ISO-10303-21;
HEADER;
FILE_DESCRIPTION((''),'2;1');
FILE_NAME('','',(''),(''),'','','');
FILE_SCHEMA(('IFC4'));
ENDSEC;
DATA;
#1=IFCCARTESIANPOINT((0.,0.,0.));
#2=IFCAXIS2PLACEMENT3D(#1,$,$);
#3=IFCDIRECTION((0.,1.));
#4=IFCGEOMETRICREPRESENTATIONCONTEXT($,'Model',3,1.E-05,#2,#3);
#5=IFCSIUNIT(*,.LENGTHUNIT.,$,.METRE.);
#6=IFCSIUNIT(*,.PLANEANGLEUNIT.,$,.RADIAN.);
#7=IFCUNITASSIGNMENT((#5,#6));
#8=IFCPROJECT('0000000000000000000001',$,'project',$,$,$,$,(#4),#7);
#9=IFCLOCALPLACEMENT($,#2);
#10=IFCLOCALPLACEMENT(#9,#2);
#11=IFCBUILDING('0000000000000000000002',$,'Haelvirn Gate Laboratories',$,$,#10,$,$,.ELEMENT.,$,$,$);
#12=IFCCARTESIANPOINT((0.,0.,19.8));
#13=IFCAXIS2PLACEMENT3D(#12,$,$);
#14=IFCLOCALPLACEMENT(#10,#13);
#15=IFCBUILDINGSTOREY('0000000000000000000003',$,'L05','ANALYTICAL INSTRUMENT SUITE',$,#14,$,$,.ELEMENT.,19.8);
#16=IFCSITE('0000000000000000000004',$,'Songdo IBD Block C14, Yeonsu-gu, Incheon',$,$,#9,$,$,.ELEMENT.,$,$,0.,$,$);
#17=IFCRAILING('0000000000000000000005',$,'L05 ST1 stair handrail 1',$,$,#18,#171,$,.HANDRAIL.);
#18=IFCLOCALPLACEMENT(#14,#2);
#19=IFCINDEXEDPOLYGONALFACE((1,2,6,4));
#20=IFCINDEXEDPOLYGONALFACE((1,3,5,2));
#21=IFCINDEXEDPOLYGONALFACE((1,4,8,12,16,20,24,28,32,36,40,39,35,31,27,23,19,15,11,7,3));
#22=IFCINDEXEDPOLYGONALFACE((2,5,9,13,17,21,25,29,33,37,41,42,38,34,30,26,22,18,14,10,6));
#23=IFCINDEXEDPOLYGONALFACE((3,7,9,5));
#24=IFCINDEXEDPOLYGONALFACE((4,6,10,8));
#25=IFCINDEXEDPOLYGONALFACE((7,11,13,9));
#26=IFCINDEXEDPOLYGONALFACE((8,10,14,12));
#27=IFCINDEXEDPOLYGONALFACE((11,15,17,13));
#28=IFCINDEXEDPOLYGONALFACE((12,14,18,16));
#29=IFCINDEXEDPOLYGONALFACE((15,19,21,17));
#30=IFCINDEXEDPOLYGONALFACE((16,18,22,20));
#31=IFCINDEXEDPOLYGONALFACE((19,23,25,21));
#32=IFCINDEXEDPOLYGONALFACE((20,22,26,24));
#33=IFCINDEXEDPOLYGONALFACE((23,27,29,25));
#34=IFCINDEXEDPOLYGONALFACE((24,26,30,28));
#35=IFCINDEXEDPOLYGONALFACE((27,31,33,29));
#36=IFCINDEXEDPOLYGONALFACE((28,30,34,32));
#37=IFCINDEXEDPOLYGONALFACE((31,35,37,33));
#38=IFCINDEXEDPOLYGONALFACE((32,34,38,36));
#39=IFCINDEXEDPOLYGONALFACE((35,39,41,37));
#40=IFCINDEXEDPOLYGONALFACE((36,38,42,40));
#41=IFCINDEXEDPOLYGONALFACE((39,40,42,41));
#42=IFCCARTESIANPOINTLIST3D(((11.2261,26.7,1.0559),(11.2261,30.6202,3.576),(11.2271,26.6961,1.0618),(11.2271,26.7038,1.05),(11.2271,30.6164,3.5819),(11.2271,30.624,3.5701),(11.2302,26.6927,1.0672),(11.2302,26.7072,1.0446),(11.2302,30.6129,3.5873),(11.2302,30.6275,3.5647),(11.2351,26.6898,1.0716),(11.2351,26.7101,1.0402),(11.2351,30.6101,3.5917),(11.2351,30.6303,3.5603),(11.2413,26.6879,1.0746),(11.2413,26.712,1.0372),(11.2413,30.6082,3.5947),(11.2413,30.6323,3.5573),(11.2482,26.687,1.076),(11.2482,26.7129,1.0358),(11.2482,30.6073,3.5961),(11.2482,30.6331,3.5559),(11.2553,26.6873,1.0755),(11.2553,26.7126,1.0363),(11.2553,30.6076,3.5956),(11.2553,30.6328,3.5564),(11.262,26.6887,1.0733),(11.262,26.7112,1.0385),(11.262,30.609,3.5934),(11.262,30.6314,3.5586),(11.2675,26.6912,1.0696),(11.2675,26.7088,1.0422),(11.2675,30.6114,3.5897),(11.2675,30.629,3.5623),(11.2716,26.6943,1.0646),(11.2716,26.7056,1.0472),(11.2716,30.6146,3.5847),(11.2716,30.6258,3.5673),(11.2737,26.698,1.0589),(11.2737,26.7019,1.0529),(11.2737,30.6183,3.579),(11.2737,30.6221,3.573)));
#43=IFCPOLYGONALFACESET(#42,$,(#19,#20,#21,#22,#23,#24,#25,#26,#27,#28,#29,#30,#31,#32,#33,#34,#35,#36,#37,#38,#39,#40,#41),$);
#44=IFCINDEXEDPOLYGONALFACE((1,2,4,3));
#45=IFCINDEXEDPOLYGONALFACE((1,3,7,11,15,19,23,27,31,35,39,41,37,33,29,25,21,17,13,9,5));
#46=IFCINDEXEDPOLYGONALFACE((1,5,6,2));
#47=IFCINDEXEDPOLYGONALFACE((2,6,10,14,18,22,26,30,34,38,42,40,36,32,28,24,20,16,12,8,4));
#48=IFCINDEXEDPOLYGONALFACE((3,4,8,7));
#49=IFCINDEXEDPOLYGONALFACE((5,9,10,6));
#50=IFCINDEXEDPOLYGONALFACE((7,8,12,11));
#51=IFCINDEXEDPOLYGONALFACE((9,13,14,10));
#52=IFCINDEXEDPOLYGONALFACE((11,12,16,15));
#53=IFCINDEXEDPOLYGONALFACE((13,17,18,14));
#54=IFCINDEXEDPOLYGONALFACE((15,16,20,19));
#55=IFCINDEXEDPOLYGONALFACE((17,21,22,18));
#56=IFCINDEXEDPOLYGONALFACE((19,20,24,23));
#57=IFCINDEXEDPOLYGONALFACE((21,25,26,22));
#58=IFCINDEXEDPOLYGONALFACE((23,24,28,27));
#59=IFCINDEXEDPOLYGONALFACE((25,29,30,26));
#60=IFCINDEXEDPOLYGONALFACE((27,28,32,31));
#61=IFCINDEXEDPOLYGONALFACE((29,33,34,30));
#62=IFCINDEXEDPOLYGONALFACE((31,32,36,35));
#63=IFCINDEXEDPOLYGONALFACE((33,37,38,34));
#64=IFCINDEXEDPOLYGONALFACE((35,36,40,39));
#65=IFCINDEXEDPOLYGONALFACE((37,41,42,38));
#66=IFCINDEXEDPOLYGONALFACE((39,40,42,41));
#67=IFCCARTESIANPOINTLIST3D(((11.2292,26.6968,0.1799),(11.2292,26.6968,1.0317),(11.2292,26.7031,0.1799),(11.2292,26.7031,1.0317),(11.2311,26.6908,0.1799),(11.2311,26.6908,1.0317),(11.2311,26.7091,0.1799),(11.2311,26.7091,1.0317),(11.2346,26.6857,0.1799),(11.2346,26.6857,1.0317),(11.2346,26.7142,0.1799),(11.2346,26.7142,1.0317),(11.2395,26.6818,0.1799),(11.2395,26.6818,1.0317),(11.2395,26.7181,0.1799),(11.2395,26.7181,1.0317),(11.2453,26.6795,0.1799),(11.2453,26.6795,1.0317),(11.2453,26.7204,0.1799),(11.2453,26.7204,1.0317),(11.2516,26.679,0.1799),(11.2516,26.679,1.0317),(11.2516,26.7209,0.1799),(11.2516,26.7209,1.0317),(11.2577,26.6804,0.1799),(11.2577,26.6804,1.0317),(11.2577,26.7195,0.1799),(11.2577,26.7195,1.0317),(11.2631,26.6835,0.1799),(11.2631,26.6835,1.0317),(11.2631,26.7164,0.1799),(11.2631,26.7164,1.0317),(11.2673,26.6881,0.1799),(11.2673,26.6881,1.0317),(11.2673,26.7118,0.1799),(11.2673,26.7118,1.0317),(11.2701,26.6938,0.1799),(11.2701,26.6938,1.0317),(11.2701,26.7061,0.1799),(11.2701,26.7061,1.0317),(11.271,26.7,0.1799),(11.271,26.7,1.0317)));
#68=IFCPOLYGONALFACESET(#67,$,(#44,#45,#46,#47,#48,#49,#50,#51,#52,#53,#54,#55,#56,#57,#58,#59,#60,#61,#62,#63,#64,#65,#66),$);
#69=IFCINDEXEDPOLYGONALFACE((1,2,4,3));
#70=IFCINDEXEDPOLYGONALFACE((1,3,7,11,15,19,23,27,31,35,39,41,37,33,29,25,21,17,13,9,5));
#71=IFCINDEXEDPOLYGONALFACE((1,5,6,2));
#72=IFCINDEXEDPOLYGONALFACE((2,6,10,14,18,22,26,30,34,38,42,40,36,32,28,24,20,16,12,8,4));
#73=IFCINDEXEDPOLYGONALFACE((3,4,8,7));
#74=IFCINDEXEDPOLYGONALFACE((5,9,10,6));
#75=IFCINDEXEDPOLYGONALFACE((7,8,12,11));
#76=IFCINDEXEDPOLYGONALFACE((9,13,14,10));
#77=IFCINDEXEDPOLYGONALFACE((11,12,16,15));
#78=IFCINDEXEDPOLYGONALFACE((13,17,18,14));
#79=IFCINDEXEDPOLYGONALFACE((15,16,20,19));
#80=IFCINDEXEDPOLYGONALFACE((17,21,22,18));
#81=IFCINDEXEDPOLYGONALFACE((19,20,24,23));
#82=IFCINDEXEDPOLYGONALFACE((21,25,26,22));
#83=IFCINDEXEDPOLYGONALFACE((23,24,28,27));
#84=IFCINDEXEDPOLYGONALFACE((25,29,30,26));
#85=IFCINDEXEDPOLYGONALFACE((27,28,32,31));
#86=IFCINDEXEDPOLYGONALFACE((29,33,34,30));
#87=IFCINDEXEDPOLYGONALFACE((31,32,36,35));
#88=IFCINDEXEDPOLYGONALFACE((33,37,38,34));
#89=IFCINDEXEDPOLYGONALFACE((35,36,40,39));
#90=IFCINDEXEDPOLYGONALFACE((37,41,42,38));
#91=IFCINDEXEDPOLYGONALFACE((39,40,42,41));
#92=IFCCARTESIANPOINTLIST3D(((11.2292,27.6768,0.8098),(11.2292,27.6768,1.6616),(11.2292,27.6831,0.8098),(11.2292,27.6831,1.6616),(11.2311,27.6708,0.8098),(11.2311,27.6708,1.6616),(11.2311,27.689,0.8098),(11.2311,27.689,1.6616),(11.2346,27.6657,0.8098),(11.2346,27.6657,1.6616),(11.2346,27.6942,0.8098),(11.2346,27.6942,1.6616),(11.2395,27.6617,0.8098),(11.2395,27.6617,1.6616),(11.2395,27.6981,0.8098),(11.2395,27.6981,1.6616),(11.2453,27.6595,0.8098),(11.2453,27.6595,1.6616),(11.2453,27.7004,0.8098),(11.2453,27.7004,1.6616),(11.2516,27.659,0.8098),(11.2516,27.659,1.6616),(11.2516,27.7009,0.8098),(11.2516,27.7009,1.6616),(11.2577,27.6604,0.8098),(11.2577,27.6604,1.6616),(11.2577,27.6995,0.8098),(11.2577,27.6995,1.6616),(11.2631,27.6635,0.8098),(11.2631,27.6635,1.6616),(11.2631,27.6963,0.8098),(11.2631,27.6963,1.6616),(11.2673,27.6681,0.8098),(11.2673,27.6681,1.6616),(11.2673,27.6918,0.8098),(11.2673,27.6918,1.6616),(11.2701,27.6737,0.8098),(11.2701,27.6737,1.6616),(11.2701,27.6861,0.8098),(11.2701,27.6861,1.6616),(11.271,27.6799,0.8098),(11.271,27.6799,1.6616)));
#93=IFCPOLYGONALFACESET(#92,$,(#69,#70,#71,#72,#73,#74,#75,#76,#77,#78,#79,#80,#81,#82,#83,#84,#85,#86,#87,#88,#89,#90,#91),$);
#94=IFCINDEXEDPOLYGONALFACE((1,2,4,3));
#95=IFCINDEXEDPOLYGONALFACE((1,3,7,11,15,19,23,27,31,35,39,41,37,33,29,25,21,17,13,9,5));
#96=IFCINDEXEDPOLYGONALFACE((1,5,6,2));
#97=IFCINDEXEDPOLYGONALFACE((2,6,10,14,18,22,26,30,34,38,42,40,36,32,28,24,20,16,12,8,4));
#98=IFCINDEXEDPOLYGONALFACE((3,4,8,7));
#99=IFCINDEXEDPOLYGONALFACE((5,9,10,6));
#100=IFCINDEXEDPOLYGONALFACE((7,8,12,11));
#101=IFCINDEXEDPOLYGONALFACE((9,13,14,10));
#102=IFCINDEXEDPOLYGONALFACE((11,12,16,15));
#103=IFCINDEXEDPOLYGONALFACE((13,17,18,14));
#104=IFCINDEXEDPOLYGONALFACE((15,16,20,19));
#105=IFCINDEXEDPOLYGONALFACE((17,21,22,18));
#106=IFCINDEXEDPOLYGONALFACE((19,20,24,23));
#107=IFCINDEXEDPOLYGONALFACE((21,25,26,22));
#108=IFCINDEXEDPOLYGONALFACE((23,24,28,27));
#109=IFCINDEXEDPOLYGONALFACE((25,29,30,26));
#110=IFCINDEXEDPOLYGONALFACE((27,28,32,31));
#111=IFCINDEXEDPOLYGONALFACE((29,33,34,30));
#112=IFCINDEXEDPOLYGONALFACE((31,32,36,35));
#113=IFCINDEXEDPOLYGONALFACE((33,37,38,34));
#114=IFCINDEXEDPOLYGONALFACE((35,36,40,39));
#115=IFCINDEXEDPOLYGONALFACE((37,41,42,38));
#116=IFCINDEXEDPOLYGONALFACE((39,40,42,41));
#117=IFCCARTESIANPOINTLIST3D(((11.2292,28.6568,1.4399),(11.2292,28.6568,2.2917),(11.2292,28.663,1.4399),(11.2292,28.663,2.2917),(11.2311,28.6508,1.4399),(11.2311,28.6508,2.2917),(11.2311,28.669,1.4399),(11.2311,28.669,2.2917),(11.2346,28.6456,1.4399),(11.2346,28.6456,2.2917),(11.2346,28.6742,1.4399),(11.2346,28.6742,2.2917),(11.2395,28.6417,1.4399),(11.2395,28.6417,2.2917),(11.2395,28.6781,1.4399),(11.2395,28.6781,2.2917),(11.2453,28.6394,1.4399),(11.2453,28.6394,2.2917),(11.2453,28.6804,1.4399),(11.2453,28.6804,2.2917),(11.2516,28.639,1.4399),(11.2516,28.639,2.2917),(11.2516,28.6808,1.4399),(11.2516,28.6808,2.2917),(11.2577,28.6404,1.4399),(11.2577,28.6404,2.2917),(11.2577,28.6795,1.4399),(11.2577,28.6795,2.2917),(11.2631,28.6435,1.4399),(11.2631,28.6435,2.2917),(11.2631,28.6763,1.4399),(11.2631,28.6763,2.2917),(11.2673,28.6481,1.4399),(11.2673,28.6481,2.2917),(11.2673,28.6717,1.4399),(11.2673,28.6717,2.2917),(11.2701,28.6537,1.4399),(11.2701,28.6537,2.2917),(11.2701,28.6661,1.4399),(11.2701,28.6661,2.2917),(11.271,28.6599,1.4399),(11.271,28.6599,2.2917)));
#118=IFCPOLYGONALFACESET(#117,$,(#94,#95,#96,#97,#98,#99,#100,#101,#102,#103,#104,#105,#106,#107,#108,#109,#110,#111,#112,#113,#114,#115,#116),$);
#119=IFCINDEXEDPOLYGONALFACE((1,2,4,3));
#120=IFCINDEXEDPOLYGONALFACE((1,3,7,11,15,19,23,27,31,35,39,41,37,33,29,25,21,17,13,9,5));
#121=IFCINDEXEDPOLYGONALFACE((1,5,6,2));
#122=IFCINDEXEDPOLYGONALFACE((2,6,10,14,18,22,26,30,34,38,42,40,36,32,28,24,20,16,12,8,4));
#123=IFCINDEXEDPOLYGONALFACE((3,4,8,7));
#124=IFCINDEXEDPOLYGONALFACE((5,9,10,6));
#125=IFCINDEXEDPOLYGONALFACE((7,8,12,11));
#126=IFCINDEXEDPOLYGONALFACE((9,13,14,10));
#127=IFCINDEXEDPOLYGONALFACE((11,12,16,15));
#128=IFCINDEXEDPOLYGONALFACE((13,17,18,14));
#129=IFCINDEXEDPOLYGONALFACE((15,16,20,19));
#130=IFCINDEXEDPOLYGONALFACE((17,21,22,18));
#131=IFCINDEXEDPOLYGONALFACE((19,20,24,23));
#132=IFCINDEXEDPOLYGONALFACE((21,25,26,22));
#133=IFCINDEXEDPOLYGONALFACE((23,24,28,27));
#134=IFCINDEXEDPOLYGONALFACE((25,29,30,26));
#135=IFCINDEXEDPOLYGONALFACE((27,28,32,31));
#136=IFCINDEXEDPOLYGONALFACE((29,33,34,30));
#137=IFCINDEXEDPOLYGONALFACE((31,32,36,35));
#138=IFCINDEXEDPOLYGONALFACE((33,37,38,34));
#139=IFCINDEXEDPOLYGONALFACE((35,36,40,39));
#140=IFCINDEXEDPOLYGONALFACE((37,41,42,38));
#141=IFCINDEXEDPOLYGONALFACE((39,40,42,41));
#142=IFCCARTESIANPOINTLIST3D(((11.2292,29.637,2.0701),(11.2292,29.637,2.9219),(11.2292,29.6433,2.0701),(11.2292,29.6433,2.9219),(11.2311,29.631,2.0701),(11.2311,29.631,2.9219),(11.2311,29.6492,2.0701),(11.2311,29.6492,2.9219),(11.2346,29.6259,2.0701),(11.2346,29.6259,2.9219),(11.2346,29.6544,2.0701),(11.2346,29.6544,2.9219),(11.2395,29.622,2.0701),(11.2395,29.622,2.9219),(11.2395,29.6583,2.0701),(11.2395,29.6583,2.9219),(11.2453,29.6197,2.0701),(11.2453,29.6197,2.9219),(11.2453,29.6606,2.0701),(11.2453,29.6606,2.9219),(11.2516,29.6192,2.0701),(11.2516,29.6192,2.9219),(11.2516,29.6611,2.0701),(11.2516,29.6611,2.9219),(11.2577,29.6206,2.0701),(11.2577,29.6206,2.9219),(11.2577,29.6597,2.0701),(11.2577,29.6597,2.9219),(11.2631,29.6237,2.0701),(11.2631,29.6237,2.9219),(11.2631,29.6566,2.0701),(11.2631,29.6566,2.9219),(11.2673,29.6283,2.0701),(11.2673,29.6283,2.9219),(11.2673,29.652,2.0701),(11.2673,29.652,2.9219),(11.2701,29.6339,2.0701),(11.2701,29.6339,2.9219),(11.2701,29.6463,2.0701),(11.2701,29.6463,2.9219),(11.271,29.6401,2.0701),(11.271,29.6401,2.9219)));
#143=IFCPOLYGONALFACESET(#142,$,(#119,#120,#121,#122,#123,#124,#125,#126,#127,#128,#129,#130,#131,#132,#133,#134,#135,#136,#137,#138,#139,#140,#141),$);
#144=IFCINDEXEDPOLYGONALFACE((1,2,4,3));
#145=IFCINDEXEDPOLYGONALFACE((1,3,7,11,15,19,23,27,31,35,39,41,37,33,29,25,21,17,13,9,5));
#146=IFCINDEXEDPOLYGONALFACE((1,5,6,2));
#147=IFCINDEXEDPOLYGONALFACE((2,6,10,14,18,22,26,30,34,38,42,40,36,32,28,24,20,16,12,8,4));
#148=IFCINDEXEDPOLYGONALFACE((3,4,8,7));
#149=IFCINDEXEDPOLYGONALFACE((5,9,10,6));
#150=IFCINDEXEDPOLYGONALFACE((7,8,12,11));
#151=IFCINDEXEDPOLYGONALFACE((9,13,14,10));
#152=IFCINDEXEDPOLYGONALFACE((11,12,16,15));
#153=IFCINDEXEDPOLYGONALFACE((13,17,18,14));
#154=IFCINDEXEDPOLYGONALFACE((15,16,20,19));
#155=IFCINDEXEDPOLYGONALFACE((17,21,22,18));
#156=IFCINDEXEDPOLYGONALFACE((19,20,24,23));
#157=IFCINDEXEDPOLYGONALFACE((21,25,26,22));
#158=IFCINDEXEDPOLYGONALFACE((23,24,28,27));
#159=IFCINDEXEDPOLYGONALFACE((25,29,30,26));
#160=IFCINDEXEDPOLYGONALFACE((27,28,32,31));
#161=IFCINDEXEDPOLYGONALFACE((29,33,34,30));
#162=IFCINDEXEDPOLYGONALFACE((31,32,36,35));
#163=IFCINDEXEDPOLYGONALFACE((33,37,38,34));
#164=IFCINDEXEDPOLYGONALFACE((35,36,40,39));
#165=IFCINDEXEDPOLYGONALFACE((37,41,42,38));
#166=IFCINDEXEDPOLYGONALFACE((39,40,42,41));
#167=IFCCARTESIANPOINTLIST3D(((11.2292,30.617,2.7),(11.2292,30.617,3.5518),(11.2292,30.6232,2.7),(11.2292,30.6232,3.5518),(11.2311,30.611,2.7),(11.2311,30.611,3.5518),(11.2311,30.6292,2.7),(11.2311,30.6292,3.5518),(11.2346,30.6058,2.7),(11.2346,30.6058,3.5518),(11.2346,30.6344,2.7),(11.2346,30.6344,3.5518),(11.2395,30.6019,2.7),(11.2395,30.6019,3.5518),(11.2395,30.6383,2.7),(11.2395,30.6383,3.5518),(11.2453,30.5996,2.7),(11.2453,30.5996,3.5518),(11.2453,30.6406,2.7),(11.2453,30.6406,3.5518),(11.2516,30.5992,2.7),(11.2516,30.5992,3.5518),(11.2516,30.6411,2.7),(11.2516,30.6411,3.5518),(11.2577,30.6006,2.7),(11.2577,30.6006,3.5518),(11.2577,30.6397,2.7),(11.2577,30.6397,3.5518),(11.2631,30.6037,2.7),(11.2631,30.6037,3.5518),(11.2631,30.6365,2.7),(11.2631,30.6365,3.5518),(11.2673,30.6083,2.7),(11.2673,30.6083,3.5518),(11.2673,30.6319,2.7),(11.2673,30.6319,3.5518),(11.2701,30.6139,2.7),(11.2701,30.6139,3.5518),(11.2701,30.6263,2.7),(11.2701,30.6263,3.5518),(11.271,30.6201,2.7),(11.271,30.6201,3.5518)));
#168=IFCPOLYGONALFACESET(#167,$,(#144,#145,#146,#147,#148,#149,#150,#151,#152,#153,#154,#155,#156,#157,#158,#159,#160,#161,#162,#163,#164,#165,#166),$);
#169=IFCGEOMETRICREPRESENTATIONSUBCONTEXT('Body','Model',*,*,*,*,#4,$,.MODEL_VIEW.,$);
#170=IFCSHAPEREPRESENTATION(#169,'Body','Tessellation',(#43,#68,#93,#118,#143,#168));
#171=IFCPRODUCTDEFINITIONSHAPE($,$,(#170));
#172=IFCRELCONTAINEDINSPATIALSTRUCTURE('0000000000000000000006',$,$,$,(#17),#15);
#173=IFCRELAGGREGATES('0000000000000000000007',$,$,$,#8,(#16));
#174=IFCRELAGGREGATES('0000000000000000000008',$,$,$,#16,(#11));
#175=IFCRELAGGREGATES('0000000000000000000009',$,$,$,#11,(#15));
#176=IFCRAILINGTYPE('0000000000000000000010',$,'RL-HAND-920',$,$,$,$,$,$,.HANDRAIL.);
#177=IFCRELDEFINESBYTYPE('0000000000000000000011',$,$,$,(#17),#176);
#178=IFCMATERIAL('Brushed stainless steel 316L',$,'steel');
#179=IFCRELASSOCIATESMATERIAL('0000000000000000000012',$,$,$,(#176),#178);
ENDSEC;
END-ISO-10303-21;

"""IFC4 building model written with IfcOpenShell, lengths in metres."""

from ifc_helpers import new_model, si_unit, direction, frame, origin, origin_2d, place, context, subcontext, project, spatial, circle, extrude, source, transform, mapped, material, type_object, type_shapes, element, save


model = new_model("IFC4")

# Units and contexts
model_context = context("Model", 3, precision=1e-05, world=origin(), true_north=direction((0.0, 1.0)))
body_context = subcontext(model_context, "Body", "Model", "MODEL_VIEW")
ifc_project = project(units=[si_unit("LENGTHUNIT", "METRE"), si_unit("PLANEANGLEUNIT", "RADIAN")], contexts=[model_context])

# Site, building, storey
site_placement = place(None, origin())
site = spatial("IfcSite", under=ifc_project, at=site_placement, Name="Songdo IBD Block C14, Yeonsu-gu, Incheon", CompositionType="ELEMENT", RefElevation=0.0)
building_placement = place(site_placement, origin())
building = spatial("IfcBuilding", under=site, at=building_placement, Name="Haelvirn Gate Laboratories", CompositionType="ELEMENT")
storey_placement = place(building_placement, frame((0.0, 0.0, 19.8)))
storey = spatial("IfcBuildingStorey", under=building, at=storey_placement, Name="L05", Description="ANALYTICAL INSTRUMENT SUITE", CompositionType="ELEMENT", Elevation=19.8)

# Railing
ifc_material_1 = material(Name="Brushed stainless steel 316L", Category="steel")
railing_type_1 = type_object("IfcRailingType", Name="RL-HAND-920", PredefinedType="HANDRAIL", material=ifc_material_1)
shared_shape_1 = source(origin(), body_context, "Body", "SweptSolid", [
    extrude(circle(Radius=0.0239, at=origin_2d()), frame((0.0, 0.0, 0.876), z_axis=(0.0, 0.841187, 0.540744), x_axis=(-1.0, 0.0, 0.0)), (0.0, 0.0, 1.0), 4.6604),
    extrude(circle(Radius=0.021, at=origin_2d()), origin(), (0.0, 0.0, 1.0), 0.8518),
    extrude(circle(Radius=0.021, at=origin_2d()), frame((0.0, 0.98, 0.6299)), (0.0, 0.0, 1.0), 0.8518),
    extrude(circle(Radius=0.021, at=origin_2d()), frame((0.0, 1.96, 1.26)), (0.0, 0.0, 1.0), 0.8518),
    extrude(circle(Radius=0.021, at=origin_2d()), frame((0.0, 2.9402, 1.8901)), (0.0, 0.0, 1.0), 0.8518),
    extrude(circle(Radius=0.021, at=origin_2d()), frame((0.0, 3.9202, 2.52)), (0.0, 0.0, 1.0), 0.8518),
])
type_shapes(railing_type_1, [shared_shape_1])
railing_1_placement = place(storey_placement, frame((11.25, 26.7, 0.1799)))
element("IfcRailing", 1, at=railing_1_placement, inside=storey, type_object=railing_type_1, Name="L05 ST1 stair handrail 1", PredefinedType="HANDRAIL", context=body_context, shape_type="MappedRepresentation", body=[
    mapped(shared_shape_1, transform((0.0, 0.0, 0.0), scale=1.0)),
])

save(model, "model.ifc")
